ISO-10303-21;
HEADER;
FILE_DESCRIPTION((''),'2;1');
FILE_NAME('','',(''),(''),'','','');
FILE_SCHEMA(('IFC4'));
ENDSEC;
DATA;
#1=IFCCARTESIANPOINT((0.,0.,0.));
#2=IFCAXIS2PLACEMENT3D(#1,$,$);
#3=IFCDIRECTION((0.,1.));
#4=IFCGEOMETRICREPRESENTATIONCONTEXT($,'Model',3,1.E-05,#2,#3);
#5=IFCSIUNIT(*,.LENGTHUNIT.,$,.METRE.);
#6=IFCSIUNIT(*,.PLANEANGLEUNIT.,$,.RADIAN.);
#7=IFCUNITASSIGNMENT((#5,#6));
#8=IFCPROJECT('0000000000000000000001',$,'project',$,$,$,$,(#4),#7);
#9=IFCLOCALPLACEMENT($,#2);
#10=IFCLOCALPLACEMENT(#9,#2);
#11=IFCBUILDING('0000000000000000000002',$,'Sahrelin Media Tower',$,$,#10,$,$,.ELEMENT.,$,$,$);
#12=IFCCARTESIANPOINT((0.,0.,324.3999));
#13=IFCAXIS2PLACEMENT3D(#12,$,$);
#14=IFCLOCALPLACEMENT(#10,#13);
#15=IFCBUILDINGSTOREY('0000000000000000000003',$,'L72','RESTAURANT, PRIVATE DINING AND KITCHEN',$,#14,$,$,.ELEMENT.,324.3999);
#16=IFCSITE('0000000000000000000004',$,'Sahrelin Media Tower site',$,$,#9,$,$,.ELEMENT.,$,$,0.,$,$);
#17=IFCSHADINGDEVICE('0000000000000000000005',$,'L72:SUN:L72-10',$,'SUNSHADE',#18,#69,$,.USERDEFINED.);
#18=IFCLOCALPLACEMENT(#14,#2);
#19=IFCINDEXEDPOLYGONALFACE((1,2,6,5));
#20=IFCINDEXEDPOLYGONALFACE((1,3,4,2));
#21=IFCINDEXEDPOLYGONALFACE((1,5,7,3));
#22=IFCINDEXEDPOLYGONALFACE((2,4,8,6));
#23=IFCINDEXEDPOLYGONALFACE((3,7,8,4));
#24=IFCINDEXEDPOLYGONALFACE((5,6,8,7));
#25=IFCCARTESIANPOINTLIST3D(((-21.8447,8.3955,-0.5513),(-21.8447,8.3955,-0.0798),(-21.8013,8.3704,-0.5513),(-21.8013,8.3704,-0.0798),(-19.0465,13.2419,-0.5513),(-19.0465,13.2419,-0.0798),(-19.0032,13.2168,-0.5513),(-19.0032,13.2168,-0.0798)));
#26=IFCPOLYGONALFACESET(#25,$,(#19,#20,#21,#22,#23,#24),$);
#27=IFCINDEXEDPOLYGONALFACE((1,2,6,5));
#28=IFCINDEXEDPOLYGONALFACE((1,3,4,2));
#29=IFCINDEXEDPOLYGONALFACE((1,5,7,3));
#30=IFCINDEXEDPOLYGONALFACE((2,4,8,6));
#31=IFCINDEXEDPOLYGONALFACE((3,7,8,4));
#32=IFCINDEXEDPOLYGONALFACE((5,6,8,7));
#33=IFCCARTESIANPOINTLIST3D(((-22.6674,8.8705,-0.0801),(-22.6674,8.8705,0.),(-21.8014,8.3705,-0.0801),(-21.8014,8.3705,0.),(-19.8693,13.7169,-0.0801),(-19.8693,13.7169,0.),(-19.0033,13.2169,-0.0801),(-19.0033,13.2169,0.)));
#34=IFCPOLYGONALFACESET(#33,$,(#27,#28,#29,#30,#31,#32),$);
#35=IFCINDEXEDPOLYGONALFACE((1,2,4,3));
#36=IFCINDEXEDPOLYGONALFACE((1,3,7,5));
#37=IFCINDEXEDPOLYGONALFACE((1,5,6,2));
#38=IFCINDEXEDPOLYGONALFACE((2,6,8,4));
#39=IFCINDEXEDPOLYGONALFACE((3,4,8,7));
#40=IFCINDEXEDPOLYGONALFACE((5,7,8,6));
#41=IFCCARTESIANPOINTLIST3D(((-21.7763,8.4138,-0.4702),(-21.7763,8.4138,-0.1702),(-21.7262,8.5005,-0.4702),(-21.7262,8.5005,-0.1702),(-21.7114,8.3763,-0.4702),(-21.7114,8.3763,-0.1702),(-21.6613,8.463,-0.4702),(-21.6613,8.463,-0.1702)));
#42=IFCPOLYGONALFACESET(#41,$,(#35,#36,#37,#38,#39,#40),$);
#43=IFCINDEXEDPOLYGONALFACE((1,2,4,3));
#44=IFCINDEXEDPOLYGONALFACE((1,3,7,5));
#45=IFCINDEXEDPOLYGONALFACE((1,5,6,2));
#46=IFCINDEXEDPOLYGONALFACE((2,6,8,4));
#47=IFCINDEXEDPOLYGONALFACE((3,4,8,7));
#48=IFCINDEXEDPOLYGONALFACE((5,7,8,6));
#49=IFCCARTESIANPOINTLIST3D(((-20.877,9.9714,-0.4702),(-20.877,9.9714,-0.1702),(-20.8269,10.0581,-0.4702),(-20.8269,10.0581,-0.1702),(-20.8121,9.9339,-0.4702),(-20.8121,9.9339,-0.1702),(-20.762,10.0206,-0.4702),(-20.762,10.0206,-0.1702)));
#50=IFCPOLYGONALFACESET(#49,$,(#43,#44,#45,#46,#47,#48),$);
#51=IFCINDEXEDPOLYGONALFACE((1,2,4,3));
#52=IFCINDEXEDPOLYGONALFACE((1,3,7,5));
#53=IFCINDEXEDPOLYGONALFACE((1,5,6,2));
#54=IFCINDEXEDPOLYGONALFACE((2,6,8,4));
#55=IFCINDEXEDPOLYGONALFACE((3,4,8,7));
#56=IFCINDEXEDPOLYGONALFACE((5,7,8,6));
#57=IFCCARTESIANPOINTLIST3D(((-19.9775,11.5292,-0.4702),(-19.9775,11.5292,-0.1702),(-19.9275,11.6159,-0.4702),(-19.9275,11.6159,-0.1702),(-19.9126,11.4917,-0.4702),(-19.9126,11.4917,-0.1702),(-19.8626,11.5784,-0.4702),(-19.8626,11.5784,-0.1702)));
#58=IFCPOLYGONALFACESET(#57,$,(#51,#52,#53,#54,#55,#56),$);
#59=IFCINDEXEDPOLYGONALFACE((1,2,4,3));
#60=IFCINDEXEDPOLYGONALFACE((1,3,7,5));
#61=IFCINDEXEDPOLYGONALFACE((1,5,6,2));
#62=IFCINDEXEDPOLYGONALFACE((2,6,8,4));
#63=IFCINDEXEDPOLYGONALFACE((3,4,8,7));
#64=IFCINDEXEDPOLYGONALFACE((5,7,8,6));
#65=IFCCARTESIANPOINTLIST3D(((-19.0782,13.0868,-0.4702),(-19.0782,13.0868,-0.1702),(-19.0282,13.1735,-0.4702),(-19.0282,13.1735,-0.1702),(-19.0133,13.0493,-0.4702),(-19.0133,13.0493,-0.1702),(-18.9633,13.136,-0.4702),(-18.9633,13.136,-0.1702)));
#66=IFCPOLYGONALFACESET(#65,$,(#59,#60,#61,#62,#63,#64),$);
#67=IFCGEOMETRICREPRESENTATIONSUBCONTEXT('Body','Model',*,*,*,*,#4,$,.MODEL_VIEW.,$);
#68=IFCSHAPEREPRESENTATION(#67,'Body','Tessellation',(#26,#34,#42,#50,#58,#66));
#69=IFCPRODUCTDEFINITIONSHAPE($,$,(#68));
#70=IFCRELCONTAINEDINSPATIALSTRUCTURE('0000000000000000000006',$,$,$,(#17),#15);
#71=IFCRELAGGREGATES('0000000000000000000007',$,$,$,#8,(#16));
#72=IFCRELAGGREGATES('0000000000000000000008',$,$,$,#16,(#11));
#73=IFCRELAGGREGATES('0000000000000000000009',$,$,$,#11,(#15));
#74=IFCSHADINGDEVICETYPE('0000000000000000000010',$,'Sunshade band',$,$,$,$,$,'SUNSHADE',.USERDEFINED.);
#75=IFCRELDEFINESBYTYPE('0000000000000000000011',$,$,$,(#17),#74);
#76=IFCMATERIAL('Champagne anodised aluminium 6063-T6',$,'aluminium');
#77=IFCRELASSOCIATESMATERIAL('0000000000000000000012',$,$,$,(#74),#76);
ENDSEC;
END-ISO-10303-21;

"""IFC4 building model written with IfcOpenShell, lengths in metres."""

from ifc_helpers import new_model, si_unit, direction, frame, origin, origin_2d, place, context, subcontext, project, spatial, rectangle, extrude, material, type_object, element, save


model = new_model("IFC4")

# Units and contexts
model_context = context("Model", 3, precision=1e-05, world=origin(), true_north=direction((0.0, 1.0)))
body_context = subcontext(model_context, "Body", "Model", "MODEL_VIEW")
ifc_project = project(units=[si_unit("LENGTHUNIT", "METRE"), si_unit("PLANEANGLEUNIT", "RADIAN")], contexts=[model_context])

# Site, building, storey
site_placement = place(None, origin())
site = spatial("IfcSite", under=ifc_project, at=site_placement, Name="Sahrelin Media Tower site", CompositionType="ELEMENT", RefElevation=0.0)
building_placement = place(site_placement, origin())
building = spatial("IfcBuilding", under=site, at=building_placement, Name="Sahrelin Media Tower", CompositionType="ELEMENT")
storey_placement = place(building_placement, frame((0.0, 0.0, 324.3999)))
storey = spatial("IfcBuildingStorey", under=building, at=storey_placement, Name="L72", Description="RESTAURANT, PRIVATE DINING AND KITCHEN", CompositionType="ELEMENT", Elevation=324.3999)

# Shared definitions
ifc_material_1 = material(Name="Champagne anodised aluminium 6063-T6", Category="aluminium")

# Shading device
placement_1 = place(storey_placement, frame((-20.385, 10.7837, 0.0), z_axis=(0.0, 0.0, 1.0), x_axis=(0.500011, 0.866019, 0.0)))
shading_device_type_1 = type_object("IfcShadingDeviceType", Name="Sunshade band", ElementType="SUNSHADE", PredefinedType="USERDEFINED", material=ifc_material_1)
element("IfcShadingDevice", 1, at=placement_1, inside=storey, type_object=shading_device_type_1, Name="L72:SUN:L72-10", ObjectType="SUNSHADE", PredefinedType="USERDEFINED", context=body_context, shape_type="SweptSolid", body=[
    extrude(rectangle(XDim=5.5962, YDim=0.05, at=origin_2d()), frame((0.0, 0.0449, -0.5513)), (0.0, 0.0, 1.0), 0.4714),
    extrude(rectangle(XDim=5.5962, YDim=1.0, at=origin_2d()), frame((0.0, 0.52, -0.0801)), (0.0, 0.0, 1.0), 0.0801),
    extrude(rectangle(XDim=0.1001, YDim=0.075, at=origin_2d()), frame((-2.698, -0.0176, -0.4702)), (0.0, 0.0, 1.0), 0.3),
    extrude(rectangle(XDim=0.1001, YDim=0.075, at=origin_2d()), frame((-0.8994, -0.0176, -0.4702)), (0.0, 0.0, 1.0), 0.3),
    extrude(rectangle(XDim=0.1001, YDim=0.075, at=origin_2d()), frame((0.8994, -0.0176, -0.4702)), (0.0, 0.0, 1.0), 0.3),
    extrude(rectangle(XDim=0.1001, YDim=0.075, at=origin_2d()), frame((2.698, -0.0176, -0.4702)), (0.0, 0.0, 1.0), 0.3),
])

save(model, "model.ifc")
